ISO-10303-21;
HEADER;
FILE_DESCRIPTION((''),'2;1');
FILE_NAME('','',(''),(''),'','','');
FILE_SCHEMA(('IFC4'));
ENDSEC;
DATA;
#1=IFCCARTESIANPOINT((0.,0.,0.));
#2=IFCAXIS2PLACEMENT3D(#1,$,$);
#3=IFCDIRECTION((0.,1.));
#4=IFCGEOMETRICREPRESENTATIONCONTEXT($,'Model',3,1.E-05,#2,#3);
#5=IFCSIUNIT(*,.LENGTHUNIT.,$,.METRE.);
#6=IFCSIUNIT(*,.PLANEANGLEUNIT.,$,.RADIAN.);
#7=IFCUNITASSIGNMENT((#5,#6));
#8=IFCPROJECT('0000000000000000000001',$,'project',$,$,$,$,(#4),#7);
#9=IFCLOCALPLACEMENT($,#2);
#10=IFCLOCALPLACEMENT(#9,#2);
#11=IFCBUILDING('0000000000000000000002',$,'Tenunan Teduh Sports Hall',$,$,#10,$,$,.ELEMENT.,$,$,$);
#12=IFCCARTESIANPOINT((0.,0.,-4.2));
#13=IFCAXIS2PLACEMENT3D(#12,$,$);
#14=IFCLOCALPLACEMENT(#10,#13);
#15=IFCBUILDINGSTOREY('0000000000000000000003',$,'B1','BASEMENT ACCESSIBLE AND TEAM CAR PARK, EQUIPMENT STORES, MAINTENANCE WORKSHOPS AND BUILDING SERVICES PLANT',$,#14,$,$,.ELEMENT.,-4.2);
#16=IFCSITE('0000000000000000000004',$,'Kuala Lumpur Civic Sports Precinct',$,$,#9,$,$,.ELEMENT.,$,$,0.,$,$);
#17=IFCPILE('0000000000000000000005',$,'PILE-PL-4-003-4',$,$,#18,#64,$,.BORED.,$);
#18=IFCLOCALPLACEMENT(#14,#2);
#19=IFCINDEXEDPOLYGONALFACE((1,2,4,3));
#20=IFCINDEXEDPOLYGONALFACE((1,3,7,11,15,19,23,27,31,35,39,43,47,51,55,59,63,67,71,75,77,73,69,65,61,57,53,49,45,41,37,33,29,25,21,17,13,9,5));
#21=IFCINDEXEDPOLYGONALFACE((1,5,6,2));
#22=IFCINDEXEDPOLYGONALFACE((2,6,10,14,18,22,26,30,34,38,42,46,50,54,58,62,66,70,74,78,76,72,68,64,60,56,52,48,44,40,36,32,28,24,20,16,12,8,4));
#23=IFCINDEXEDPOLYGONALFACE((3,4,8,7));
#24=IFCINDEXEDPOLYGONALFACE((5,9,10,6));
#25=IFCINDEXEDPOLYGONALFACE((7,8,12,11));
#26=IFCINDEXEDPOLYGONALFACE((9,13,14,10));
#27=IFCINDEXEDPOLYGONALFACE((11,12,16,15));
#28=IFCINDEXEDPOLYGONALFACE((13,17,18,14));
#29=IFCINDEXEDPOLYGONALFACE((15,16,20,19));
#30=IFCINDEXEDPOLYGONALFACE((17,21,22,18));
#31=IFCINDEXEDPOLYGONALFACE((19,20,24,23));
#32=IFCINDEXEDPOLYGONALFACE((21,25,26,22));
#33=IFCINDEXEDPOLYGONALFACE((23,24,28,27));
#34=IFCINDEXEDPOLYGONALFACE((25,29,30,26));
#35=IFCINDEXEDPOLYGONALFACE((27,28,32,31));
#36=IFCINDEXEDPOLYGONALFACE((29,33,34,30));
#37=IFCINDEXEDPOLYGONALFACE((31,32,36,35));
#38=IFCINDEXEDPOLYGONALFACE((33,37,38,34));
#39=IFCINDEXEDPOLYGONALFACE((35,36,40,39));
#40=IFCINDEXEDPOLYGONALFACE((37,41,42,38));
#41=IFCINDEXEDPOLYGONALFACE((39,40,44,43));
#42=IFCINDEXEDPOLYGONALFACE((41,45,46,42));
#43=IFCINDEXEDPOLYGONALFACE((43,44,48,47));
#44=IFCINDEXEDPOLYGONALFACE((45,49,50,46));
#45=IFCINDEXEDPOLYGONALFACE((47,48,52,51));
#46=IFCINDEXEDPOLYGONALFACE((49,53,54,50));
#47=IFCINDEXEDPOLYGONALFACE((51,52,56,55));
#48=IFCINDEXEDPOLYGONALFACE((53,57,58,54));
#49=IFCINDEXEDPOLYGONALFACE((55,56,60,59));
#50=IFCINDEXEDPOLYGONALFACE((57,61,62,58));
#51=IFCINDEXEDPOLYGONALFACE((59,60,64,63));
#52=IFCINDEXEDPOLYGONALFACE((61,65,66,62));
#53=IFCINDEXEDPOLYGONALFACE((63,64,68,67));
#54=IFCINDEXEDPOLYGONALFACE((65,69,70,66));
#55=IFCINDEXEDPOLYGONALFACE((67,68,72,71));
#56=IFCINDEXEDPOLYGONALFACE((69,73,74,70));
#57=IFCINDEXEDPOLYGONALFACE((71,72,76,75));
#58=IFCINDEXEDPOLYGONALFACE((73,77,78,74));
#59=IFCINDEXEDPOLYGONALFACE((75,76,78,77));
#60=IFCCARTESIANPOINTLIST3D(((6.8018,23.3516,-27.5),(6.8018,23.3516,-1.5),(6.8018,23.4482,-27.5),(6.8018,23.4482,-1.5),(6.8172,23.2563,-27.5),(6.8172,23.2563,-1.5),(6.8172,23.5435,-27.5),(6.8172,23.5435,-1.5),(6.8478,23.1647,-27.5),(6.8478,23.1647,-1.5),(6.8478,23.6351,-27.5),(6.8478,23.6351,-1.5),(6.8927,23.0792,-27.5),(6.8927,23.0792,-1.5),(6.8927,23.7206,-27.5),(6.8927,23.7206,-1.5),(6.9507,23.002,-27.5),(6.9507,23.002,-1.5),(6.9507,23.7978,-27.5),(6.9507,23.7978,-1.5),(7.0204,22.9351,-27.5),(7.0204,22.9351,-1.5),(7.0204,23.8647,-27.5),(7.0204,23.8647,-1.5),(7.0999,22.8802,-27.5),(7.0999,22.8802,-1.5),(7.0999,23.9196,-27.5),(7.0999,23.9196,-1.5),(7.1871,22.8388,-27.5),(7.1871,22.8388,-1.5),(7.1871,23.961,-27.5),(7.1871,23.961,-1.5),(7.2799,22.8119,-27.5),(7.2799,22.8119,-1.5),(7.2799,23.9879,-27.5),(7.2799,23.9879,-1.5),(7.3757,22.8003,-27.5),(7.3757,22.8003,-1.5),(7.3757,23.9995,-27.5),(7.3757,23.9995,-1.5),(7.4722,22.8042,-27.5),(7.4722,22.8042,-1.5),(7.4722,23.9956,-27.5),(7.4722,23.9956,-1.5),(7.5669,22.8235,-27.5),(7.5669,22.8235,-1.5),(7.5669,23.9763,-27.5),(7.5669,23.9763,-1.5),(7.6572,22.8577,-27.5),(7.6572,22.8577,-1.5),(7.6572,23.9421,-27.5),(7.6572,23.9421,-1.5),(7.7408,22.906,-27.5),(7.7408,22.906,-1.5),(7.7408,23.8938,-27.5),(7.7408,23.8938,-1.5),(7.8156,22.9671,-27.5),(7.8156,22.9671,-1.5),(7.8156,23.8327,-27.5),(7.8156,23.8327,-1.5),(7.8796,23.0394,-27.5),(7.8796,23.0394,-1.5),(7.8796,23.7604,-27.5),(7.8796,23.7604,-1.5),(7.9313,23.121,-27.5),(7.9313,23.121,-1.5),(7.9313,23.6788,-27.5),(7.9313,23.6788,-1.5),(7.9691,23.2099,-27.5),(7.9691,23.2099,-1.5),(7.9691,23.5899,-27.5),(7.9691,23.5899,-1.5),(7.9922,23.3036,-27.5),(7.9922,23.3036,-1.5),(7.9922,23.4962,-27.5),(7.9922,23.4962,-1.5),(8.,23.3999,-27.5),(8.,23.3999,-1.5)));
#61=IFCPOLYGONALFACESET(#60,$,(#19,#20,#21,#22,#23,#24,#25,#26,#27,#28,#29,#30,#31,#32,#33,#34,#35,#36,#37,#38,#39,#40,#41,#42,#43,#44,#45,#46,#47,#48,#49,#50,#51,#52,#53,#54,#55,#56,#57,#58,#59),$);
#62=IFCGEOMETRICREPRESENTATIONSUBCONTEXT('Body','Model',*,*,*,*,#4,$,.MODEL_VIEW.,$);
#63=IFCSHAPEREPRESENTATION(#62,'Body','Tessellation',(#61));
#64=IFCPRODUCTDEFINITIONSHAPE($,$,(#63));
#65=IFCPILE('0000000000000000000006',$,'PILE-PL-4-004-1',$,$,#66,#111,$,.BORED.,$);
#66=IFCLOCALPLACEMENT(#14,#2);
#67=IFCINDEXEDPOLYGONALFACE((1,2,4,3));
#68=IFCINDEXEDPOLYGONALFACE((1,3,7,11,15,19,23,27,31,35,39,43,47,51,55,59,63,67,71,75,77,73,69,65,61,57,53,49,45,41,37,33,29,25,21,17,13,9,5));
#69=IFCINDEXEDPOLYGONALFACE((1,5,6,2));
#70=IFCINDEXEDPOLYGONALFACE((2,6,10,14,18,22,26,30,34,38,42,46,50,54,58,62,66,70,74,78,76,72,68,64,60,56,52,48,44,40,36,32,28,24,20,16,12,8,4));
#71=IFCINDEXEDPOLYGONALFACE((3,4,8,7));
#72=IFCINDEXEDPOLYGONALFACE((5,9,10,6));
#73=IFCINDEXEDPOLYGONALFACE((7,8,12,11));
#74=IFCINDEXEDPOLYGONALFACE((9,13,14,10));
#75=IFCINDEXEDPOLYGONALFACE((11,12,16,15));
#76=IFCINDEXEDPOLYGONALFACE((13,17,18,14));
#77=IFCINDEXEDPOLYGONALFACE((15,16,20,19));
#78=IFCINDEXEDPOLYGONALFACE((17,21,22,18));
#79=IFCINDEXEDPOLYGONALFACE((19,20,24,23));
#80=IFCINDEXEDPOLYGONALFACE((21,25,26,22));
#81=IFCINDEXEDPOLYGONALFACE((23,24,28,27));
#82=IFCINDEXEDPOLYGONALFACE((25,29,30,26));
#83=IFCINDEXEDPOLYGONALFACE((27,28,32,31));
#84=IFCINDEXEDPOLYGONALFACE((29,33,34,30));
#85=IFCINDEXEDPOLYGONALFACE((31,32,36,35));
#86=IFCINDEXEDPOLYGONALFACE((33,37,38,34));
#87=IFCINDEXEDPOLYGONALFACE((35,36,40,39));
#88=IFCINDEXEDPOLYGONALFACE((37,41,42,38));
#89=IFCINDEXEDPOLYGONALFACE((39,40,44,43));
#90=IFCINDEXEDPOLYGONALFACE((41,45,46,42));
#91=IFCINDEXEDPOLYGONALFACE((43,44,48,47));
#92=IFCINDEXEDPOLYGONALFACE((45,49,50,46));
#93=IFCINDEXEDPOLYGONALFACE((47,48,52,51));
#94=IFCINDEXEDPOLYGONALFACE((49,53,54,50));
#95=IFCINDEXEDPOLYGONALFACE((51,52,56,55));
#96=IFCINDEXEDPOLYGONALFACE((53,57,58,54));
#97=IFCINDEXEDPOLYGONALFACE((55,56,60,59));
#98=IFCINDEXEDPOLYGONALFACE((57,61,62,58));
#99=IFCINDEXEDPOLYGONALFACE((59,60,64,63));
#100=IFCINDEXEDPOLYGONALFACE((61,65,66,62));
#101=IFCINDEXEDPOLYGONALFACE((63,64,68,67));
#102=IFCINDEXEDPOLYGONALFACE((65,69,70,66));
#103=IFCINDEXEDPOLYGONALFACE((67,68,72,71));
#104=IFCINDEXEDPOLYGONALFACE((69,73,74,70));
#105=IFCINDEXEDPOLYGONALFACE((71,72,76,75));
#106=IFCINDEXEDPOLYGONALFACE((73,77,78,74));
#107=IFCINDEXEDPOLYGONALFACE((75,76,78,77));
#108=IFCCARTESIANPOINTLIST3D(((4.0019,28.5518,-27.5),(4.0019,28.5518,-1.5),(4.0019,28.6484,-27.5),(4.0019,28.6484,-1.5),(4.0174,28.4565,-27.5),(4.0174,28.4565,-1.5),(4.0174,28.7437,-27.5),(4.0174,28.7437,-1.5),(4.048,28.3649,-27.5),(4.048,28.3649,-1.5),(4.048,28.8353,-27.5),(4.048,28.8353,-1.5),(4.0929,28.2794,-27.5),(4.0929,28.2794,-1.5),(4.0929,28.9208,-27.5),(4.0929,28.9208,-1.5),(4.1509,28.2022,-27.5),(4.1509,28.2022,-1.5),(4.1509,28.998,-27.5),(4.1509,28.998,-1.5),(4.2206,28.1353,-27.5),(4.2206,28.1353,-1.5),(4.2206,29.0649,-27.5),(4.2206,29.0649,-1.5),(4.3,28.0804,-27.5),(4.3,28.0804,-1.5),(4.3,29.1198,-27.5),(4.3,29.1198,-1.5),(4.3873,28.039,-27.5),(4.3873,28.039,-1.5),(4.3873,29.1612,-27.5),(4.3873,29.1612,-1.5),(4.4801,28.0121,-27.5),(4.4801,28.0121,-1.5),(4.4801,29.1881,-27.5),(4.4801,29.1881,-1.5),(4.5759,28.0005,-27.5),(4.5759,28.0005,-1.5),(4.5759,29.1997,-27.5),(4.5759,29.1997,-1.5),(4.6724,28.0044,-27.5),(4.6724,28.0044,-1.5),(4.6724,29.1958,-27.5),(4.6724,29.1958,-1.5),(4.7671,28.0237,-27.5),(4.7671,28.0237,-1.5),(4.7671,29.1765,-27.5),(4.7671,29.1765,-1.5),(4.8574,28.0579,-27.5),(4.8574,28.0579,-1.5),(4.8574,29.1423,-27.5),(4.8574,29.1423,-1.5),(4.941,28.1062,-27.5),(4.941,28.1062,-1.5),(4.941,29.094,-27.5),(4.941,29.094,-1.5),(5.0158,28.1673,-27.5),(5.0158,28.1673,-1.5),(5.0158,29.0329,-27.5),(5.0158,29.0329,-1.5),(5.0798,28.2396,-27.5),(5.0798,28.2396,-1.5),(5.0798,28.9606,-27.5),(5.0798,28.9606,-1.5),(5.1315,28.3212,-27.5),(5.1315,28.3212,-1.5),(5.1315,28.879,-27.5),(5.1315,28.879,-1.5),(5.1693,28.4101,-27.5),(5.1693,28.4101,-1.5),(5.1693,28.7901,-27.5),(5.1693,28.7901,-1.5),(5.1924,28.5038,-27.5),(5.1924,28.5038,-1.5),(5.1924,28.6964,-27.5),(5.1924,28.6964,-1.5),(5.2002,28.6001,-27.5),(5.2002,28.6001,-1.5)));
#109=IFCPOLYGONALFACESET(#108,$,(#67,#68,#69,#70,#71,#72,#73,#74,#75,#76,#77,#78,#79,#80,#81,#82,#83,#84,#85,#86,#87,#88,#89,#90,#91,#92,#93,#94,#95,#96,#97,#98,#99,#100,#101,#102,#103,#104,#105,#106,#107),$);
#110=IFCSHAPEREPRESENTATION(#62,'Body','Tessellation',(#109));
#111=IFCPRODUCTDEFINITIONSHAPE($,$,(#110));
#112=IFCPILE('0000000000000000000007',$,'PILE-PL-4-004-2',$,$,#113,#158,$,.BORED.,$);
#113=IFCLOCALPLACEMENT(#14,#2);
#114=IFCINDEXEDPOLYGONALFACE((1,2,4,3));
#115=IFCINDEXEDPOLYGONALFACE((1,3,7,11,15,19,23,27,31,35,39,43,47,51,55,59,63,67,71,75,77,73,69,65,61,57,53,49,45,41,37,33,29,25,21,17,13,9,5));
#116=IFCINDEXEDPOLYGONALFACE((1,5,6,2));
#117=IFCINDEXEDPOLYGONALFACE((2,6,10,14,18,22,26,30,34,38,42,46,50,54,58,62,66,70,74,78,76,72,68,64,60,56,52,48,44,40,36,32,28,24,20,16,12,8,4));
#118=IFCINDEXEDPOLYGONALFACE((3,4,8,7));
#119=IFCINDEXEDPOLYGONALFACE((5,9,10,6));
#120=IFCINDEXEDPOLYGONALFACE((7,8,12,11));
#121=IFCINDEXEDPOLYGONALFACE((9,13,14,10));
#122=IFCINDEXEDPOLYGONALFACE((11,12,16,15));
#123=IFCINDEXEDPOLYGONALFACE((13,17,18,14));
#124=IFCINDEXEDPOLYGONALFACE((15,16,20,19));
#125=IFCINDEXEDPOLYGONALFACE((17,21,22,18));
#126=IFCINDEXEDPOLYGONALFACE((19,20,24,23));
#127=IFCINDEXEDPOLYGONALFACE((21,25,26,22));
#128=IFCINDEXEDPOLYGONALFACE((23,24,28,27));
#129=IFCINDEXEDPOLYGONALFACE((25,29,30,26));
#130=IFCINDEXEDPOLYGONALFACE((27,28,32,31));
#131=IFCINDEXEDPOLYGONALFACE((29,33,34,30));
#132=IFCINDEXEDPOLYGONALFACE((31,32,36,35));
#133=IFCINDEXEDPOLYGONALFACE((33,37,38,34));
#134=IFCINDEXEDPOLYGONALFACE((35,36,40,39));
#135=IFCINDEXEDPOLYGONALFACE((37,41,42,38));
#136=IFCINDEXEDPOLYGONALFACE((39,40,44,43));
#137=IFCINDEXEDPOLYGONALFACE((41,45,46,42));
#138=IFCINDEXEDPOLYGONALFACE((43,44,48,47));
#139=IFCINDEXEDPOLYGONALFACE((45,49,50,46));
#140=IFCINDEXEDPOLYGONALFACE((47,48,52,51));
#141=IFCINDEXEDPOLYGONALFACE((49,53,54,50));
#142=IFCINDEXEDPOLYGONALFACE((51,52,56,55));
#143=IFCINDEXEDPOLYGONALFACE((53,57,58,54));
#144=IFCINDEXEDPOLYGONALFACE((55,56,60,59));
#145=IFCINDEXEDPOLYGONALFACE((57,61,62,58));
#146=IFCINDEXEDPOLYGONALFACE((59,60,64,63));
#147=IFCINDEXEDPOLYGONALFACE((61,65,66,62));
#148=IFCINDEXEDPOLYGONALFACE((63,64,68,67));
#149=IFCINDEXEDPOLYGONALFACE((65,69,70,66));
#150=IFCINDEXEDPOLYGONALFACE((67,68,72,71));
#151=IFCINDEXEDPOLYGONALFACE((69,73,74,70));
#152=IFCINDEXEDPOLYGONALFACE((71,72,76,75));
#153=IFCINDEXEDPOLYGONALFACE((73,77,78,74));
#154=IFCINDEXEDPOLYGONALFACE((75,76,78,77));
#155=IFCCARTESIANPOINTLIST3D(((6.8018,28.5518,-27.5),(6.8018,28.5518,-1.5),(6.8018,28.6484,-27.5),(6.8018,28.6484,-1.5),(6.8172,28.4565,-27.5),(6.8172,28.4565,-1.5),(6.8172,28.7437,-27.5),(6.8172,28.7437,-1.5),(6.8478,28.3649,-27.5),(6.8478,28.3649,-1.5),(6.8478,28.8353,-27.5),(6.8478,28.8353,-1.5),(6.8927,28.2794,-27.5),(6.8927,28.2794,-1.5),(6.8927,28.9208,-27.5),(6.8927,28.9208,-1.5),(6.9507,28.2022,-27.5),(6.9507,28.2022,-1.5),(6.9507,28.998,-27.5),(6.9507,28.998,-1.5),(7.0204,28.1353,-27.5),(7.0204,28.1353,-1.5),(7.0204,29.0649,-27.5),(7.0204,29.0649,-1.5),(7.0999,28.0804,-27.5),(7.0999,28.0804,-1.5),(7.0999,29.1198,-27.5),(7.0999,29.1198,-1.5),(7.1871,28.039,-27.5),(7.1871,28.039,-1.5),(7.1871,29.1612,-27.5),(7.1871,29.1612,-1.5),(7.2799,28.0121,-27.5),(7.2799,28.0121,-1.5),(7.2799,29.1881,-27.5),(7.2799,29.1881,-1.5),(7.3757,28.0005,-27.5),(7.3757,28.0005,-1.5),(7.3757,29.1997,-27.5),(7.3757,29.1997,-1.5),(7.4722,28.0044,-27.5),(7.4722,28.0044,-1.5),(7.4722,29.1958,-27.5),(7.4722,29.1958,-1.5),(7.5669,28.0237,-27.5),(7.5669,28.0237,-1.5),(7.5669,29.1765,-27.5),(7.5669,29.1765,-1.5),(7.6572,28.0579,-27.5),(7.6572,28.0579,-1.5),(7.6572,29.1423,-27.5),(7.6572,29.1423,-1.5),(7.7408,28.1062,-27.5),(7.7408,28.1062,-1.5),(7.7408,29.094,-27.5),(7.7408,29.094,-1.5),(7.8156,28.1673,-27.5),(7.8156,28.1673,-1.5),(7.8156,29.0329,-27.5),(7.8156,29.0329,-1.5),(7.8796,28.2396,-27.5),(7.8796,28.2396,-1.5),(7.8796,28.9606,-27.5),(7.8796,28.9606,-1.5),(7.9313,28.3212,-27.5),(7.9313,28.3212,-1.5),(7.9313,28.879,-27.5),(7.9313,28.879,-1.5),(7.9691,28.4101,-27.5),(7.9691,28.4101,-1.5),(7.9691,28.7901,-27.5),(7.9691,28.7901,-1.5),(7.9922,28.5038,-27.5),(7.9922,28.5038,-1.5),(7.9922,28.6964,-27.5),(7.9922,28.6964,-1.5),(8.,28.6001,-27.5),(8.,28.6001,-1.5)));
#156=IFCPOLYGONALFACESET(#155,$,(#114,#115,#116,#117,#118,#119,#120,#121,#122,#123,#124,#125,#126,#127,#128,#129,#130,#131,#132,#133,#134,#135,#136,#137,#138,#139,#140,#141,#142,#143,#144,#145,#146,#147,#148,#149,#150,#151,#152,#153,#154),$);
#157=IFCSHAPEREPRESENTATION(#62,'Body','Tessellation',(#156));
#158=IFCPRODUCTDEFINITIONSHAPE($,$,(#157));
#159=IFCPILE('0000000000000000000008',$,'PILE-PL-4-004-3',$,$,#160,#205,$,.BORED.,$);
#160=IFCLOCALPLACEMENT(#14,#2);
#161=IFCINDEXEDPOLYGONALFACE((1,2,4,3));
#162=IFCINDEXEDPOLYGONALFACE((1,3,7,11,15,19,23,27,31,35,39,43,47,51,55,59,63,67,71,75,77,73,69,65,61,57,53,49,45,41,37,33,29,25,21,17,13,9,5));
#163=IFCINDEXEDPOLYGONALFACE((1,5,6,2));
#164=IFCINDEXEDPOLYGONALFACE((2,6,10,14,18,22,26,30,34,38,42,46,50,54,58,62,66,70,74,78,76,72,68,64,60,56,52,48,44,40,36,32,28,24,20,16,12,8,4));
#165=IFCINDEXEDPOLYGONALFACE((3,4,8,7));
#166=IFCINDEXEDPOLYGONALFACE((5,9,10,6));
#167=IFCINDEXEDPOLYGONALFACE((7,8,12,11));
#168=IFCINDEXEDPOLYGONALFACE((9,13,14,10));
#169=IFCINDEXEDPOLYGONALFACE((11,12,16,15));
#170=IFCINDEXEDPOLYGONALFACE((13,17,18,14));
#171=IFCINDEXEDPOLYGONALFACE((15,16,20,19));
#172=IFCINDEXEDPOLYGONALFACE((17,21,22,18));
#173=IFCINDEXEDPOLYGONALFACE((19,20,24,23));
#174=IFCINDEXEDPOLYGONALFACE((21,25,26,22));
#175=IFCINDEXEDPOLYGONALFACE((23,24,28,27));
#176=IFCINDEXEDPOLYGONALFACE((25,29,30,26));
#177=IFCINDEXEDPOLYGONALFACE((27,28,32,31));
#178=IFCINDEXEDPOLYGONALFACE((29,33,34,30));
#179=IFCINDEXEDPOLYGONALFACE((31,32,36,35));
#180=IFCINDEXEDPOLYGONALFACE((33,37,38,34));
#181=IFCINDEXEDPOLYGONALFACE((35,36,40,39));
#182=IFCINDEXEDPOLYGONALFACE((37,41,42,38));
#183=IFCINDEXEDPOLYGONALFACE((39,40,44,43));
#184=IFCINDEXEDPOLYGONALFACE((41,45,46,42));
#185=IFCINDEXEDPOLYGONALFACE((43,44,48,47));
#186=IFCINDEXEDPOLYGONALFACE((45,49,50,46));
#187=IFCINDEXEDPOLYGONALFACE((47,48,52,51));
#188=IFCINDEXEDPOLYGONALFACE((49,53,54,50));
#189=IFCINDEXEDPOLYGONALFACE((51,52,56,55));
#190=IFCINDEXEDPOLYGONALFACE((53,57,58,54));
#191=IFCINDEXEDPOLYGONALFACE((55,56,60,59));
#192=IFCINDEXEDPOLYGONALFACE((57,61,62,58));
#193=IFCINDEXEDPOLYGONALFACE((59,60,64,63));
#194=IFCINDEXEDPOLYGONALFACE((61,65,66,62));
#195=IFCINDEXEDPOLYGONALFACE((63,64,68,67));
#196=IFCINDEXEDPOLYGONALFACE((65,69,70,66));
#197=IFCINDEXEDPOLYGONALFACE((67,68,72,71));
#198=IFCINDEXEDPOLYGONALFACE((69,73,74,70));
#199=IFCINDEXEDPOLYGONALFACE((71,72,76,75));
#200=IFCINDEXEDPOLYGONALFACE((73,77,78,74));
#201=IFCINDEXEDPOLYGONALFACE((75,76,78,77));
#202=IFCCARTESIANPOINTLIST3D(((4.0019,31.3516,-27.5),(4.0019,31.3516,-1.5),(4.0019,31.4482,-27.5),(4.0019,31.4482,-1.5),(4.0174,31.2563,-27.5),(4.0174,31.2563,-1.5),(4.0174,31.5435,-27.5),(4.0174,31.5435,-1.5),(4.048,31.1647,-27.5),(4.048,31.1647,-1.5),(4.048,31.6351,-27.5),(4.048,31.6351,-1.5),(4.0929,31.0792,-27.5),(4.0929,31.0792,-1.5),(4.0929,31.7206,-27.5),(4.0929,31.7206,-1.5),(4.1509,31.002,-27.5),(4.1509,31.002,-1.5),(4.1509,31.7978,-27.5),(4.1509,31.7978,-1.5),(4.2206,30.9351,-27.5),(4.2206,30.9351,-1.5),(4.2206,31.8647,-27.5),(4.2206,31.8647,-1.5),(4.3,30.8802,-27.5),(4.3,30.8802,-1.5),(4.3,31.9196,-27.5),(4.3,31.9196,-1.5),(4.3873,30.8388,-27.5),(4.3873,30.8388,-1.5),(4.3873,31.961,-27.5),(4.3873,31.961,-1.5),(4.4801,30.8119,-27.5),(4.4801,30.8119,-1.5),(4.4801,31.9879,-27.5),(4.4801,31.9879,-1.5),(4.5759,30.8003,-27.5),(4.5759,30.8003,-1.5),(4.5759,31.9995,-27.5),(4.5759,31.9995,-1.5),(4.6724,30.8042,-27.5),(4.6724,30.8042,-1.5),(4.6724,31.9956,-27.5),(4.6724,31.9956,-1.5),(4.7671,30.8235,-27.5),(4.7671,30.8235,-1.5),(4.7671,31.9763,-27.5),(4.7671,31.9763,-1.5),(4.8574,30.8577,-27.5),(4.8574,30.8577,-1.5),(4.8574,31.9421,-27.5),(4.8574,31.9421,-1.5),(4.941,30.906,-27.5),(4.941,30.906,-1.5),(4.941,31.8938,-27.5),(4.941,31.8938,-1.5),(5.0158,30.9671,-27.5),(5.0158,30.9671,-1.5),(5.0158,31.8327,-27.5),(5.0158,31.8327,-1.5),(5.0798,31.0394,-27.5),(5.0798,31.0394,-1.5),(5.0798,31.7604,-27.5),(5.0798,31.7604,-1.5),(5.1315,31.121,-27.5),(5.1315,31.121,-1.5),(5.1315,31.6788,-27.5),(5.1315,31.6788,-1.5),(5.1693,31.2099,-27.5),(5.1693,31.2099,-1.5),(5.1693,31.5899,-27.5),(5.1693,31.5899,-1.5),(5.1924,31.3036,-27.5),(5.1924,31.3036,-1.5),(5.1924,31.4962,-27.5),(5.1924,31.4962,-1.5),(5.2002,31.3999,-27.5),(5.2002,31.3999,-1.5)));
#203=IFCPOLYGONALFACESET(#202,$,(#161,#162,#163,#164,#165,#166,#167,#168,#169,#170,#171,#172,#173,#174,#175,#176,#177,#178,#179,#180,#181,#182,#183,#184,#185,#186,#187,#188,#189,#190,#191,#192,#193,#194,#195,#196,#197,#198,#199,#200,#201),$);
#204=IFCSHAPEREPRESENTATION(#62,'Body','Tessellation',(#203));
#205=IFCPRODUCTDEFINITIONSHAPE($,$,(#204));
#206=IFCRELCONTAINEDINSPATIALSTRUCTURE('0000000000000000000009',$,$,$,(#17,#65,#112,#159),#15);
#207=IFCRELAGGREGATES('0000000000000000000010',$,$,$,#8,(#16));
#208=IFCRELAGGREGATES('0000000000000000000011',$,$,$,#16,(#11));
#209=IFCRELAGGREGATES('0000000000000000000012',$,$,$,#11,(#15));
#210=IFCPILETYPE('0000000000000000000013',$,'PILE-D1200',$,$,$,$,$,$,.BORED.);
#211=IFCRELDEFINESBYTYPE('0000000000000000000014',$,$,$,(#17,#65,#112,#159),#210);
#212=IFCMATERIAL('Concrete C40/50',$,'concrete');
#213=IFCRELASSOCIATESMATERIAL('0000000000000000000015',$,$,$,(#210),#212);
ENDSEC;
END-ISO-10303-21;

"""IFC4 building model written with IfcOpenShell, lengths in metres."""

from ifc_helpers import new_model, si_unit, direction, frame, origin, origin_2d, place, context, subcontext, project, spatial, circle, extrude, material, material_profile, profile_set, type_object, element, save


model = new_model("IFC4")

# Units and contexts
model_context = context("Model", 3, precision=1e-05, world=origin(), true_north=direction((0.0, 1.0)))
body_context = subcontext(model_context, "Body", "Model", "MODEL_VIEW")
ifc_project = project(units=[si_unit("LENGTHUNIT", "METRE"), si_unit("PLANEANGLEUNIT", "RADIAN")], contexts=[model_context])

# Site, building, storey
site_placement = place(None, origin())
site = spatial("IfcSite", under=ifc_project, at=site_placement, Name="Kuala Lumpur Civic Sports Precinct", CompositionType="ELEMENT", RefElevation=0.0)
building_placement = place(site_placement, origin())
building = spatial("IfcBuilding", under=site, at=building_placement, Name="Tenunan Teduh Sports Hall", CompositionType="ELEMENT")
storey_placement = place(building_placement, frame((0.0, 0.0, -4.2)))
storey = spatial("IfcBuildingStorey", under=building, at=storey_placement, Name="B1", Description="BASEMENT ACCESSIBLE AND TEAM CAR PARK, EQUIPMENT STORES, MAINTENANCE WORKSHOPS AND BUILDING SERVICES PLANT", CompositionType="ELEMENT", Elevation=-4.2)

# Piles
ifc_material_1 = material(Name="Concrete C40/50", Category="concrete")
ifc_material_profile_1 = material_profile(ifc_material_1, circle(Radius=0.6001, at=origin_2d()), Name="PILE D1200")
ifc_profile_set_1 = profile_set([ifc_material_profile_1], Name="Concrete C40/50")
pile_type_1 = type_object("IfcPileType", Name="PILE-D1200", PredefinedType="BORED", material=ifc_profile_set_1)
for number, where, z_axis, x_axis, name in (
    (1, (7.3999, 23.3999, -1.5), (0.0, 0.0, -1.0), (1.0, 0.0, 0.0), "PILE-PL-4-003-4"),
    (2, (4.6001, 28.6001, -1.5), (0.0, 0.0, -1.0), (1.0, 0.0, 0.0), "PILE-PL-4-004-1"),
    (3, (7.3999, 28.6001, -1.5), (0.0, 0.0, -1.0), (1.0, 0.0, 0.0), "PILE-PL-4-004-2"),
    (4, (4.6001, 31.3999, -1.5), (0.0, 0.0, -1.0), (1.0, 0.0, 0.0), "PILE-PL-4-004-3"),
):
    element("IfcPile", number, at=place(storey_placement, frame(where, z_axis=z_axis, x_axis=x_axis)), inside=storey, type_object=pile_type_1, Name=name, PredefinedType="BORED", context=body_context, shape_type="SweptSolid", body=[
        extrude(circle(Radius=0.6001, at=origin_2d()), origin(), (0.0, 0.0, 1.0), 26.0),
    ])

save(model, "model.ifc")
